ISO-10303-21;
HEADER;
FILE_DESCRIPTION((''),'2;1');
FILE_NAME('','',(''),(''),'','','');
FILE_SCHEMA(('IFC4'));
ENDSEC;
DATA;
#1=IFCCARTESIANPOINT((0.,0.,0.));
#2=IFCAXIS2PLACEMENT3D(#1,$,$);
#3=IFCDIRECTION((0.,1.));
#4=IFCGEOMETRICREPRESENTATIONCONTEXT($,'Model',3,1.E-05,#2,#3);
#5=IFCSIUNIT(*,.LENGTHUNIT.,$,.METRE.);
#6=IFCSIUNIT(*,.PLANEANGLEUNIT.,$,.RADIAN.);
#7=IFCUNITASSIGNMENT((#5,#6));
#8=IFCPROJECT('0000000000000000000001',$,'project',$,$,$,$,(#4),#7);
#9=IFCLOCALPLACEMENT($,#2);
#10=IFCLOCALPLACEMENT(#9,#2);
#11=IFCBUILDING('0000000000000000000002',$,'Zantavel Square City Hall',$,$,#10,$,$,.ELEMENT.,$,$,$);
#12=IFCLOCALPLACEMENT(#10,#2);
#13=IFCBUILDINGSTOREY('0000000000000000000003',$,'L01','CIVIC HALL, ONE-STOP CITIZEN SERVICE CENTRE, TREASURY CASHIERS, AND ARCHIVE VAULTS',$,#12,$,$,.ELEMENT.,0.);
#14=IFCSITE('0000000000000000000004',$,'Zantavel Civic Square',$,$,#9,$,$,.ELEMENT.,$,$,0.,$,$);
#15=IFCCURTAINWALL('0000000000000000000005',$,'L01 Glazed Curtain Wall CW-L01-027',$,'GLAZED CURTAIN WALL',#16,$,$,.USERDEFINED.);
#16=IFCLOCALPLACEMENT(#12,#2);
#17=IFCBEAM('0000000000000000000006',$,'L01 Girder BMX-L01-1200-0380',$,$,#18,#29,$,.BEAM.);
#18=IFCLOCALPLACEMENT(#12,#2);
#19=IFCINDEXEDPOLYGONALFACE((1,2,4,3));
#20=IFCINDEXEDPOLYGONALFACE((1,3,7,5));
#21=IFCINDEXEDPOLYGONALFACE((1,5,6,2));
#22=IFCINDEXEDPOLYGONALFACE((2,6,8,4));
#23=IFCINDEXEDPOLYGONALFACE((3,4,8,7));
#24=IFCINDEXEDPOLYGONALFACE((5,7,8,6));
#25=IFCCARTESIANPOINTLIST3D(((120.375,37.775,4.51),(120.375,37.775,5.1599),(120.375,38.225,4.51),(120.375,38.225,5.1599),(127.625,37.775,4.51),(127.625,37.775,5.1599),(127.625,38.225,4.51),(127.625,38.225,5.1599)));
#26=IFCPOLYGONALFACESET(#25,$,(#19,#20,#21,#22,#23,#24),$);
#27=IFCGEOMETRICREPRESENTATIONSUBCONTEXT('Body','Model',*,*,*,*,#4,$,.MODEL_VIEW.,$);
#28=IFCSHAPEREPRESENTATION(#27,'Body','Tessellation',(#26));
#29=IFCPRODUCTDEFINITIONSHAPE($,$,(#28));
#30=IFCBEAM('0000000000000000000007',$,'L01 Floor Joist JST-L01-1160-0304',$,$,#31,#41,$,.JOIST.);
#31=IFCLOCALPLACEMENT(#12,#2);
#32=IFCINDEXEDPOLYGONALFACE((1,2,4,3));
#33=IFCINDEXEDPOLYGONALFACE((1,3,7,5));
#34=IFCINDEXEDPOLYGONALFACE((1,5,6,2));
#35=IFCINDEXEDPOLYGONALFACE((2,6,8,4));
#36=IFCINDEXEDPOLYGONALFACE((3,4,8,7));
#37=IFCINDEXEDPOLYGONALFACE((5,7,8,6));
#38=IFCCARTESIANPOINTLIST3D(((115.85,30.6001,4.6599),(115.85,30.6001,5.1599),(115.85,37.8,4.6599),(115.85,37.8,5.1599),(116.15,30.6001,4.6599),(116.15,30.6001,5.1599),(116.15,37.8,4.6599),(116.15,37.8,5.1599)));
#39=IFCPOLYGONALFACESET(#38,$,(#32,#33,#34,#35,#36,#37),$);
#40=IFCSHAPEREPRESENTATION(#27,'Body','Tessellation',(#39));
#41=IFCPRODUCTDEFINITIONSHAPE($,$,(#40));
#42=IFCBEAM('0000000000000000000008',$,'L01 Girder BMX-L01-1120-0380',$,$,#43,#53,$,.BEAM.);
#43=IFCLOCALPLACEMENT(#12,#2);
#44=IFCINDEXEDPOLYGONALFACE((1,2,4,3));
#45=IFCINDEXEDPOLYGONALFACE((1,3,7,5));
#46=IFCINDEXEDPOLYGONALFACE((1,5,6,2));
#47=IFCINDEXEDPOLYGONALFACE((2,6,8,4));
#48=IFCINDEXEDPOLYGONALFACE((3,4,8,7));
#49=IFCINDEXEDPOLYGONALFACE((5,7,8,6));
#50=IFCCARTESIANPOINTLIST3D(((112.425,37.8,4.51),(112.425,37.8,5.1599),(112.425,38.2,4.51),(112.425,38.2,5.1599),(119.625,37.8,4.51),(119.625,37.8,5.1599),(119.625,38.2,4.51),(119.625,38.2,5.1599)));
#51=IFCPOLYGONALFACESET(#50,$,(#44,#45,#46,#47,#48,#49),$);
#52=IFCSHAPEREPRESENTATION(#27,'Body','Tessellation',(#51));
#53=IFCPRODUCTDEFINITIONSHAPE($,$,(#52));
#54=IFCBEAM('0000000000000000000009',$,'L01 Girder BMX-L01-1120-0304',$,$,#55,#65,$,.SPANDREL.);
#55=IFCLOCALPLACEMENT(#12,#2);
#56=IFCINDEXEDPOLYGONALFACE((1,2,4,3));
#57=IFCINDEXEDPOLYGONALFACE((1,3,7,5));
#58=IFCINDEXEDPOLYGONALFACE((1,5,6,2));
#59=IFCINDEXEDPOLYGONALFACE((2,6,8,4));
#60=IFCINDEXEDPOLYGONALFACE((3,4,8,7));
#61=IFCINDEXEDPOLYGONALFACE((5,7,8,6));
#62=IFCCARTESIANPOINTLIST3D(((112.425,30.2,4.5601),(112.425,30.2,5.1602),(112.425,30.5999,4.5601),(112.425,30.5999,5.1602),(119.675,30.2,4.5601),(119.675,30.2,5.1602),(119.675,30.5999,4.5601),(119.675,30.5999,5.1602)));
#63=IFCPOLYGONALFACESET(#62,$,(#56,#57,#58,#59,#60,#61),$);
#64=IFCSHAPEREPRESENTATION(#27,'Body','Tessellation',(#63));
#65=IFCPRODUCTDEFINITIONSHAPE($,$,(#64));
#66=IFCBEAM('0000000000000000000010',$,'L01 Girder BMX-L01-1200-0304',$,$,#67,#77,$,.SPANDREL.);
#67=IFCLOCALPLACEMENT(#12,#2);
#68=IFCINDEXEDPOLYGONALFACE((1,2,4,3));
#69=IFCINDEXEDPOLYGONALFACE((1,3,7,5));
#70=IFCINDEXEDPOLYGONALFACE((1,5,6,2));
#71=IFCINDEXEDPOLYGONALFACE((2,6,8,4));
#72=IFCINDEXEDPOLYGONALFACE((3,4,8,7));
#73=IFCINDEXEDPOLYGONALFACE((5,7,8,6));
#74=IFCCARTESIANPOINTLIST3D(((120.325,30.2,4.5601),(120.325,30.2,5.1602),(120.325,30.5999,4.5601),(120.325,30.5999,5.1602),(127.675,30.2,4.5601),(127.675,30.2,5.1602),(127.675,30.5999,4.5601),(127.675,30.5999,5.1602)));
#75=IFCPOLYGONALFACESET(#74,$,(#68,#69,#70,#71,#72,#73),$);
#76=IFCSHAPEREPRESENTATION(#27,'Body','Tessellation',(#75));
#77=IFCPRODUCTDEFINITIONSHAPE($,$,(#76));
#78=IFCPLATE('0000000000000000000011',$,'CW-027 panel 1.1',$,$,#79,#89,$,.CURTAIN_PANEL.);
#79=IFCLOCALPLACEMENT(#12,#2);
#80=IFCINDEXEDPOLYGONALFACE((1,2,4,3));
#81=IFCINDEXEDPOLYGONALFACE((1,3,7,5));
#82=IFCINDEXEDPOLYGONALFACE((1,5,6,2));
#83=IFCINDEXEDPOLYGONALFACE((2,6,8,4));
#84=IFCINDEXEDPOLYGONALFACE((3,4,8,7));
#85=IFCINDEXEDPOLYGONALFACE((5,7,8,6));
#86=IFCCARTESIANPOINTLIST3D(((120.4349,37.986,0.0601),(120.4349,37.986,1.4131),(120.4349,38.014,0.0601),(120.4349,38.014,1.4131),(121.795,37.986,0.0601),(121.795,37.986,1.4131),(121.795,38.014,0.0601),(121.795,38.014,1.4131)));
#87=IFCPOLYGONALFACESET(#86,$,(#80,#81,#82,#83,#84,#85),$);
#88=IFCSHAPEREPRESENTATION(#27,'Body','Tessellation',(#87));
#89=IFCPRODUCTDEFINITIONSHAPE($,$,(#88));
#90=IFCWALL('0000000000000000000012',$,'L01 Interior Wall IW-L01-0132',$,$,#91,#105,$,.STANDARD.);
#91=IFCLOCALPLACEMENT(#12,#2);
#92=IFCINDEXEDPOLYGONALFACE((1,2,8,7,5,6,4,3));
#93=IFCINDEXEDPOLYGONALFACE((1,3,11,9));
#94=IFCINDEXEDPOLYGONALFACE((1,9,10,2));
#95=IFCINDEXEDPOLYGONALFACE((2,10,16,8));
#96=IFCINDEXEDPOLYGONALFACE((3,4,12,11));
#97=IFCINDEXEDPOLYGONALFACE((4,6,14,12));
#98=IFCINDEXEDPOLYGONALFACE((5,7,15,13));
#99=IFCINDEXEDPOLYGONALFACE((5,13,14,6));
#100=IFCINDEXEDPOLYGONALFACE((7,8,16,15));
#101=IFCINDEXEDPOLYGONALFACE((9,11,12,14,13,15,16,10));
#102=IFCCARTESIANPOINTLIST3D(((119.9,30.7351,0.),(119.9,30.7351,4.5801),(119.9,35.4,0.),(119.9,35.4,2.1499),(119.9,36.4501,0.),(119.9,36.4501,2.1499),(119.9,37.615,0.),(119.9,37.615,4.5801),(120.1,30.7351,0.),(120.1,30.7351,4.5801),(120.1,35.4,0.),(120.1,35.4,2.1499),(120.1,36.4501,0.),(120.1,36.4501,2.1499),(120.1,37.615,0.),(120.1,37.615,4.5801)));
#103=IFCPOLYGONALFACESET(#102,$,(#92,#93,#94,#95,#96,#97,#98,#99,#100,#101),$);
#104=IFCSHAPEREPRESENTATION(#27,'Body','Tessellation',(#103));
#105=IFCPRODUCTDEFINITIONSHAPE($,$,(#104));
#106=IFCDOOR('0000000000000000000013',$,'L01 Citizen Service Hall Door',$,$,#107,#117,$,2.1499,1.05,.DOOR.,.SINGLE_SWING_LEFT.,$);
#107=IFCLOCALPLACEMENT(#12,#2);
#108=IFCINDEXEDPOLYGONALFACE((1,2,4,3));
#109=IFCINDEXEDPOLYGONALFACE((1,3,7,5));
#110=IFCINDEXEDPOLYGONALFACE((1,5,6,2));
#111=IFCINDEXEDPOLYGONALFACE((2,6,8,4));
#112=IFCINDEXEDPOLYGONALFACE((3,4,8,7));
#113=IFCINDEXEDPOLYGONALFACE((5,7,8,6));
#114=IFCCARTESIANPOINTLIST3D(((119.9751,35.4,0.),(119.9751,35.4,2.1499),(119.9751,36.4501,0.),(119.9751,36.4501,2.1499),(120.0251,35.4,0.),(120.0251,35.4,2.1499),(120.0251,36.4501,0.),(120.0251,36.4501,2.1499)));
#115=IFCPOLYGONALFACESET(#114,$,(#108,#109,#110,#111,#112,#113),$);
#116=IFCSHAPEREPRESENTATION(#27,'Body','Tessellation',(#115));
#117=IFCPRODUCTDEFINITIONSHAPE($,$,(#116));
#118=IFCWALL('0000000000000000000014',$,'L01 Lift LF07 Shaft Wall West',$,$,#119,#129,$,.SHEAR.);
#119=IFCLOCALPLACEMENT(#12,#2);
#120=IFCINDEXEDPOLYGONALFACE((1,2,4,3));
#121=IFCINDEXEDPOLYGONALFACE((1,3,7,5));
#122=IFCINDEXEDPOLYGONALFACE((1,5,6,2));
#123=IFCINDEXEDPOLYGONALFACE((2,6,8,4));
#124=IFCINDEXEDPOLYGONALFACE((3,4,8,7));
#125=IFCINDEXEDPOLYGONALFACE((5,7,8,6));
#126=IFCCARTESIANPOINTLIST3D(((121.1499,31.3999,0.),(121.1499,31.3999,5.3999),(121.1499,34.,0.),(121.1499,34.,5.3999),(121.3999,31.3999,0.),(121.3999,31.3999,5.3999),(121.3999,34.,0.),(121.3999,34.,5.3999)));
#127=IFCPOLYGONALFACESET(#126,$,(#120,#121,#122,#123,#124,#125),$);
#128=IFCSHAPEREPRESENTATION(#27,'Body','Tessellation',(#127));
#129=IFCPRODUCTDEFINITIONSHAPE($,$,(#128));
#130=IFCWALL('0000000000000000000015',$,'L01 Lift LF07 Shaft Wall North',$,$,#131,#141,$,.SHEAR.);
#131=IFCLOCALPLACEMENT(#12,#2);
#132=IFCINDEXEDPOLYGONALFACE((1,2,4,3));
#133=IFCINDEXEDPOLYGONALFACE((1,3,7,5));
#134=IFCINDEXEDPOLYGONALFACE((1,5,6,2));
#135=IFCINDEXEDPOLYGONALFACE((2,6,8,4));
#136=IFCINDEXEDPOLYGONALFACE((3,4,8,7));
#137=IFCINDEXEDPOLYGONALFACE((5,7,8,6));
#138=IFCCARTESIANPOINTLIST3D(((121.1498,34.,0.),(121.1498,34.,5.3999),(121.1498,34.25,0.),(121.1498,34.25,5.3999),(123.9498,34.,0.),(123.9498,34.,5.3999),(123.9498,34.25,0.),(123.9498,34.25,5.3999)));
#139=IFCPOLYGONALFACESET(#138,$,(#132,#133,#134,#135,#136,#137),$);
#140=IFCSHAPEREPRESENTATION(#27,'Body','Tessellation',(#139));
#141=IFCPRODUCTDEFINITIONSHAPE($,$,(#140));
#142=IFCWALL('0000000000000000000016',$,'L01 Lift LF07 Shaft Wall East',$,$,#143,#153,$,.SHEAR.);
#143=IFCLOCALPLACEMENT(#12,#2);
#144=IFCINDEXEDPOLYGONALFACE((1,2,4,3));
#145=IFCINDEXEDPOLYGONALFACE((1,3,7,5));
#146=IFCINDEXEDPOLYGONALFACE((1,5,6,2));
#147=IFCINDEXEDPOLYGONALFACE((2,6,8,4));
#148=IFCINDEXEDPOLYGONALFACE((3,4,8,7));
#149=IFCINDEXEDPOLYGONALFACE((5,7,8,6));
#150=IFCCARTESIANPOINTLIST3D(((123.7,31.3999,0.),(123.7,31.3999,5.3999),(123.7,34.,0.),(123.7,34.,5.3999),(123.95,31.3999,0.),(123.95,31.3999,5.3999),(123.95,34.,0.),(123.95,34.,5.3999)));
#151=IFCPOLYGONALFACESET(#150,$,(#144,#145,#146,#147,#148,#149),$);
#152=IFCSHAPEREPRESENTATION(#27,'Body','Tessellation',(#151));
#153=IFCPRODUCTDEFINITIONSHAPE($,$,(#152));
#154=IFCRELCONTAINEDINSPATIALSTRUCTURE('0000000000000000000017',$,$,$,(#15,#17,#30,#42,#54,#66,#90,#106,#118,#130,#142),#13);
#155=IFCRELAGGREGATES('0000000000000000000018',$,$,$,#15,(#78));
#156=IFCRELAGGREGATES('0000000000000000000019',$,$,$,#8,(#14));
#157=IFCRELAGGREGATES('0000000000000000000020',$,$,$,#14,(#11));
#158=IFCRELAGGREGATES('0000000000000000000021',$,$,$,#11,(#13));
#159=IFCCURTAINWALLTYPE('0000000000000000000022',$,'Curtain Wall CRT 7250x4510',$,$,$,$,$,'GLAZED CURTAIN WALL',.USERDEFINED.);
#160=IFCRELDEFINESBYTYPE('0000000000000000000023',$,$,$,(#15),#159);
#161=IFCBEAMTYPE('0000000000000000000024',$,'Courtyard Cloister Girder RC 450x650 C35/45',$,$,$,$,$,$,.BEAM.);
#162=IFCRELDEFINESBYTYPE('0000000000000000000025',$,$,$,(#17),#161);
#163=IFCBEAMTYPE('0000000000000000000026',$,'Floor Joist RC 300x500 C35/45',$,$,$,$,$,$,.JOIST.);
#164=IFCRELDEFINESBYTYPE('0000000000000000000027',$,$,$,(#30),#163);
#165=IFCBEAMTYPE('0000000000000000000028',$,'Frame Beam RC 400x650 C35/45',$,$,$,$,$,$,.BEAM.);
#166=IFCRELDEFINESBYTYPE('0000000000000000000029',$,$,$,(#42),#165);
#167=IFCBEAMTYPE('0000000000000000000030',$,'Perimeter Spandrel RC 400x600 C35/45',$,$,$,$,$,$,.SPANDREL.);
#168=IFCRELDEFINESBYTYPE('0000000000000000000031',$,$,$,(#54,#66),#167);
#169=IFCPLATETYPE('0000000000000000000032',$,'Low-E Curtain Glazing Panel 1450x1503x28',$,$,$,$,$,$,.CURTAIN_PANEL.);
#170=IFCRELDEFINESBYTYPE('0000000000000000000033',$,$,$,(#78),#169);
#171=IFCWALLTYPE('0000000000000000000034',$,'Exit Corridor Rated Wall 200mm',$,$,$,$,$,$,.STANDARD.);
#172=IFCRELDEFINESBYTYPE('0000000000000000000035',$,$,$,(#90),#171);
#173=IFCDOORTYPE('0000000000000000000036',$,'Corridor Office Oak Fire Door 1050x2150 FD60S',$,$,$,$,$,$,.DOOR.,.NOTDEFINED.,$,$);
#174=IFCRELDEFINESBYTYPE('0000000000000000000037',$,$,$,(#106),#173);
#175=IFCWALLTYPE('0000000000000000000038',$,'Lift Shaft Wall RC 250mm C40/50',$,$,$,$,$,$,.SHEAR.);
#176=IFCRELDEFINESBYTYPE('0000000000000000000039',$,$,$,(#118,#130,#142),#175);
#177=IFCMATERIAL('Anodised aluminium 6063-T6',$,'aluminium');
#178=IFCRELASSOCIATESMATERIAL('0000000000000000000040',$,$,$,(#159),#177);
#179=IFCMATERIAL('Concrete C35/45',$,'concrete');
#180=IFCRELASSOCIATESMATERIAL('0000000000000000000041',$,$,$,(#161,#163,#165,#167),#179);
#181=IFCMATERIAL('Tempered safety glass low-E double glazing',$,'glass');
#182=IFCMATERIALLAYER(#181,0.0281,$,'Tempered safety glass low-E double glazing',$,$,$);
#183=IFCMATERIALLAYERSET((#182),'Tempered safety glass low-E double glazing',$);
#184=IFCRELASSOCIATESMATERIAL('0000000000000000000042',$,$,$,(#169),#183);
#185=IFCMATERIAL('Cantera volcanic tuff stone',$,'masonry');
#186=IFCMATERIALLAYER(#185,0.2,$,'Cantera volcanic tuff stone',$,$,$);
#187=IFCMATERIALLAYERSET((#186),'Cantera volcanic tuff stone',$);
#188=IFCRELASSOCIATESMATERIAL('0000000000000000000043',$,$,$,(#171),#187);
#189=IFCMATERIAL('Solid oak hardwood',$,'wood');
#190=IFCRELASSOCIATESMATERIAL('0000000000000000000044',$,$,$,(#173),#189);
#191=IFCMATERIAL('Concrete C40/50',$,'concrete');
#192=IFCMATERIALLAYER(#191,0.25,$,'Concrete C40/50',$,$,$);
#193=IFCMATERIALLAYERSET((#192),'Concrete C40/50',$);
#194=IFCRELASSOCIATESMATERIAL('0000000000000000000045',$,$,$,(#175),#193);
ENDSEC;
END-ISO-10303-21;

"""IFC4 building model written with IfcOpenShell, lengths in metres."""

from ifc_helpers import new_model, si_unit, direction, frame, frame_2d, origin, origin_2d, place, context, subcontext, project, spatial, rectangle, extrude, material, layer, layer_set, material_profile, profile_set, type_object, element, fill, aggregate, save


model = new_model("IFC4")

# Units and contexts
model_context = context("Model", 3, precision=1e-05, world=origin(), true_north=direction((0.0, 1.0)))
body_context = subcontext(model_context, "Body", "Model", "MODEL_VIEW")
ifc_project = project(units=[si_unit("LENGTHUNIT", "METRE"), si_unit("PLANEANGLEUNIT", "RADIAN")], contexts=[model_context])

# Site, building, storey
site_placement = place(None, origin())
site = spatial("IfcSite", under=ifc_project, at=site_placement, Name="Zantavel Civic Square", CompositionType="ELEMENT", RefElevation=0.0)
building_placement = place(site_placement, origin())
building = spatial("IfcBuilding", under=site, at=building_placement, Name="Zantavel Square City Hall", CompositionType="ELEMENT")
storey_placement = place(building_placement, origin())
storey = spatial("IfcBuildingStorey", under=building, at=storey_placement, Name="L01", Description="CIVIC HALL, ONE-STOP CITIZEN SERVICE CENTRE, TREASURY CASHIERS, AND ARCHIVE VAULTS", CompositionType="ELEMENT", Elevation=0.0)

# Shared definitions
ifc_material_1 = material(Name="Concrete C40/50", Category="concrete")

# Shared definitions
ifc_material_2 = material(Name="Concrete C35/45", Category="concrete")

# Curtain wall
ifc_material_3 = material(Name="Anodised aluminium 6063-T6", Category="aluminium")
curtain_wall_type = type_object("IfcCurtainWallType", Name="Curtain Wall CRT 7250x4510", ElementType="GLAZED CURTAIN WALL", PredefinedType="USERDEFINED", material=ifc_material_3)
curtain_wall_placement = place(storey_placement, origin())
curtain_wall = element("IfcCurtainWall", 1, at=curtain_wall_placement, inside=storey, type_object=curtain_wall_type, Name="L01 Glazed Curtain Wall CW-L01-027", ObjectType="GLAZED CURTAIN WALL", PredefinedType="USERDEFINED")

# Beams
ifc_material_profile_1 = material_profile(ifc_material_2, rectangle(XDim=0.45, YDim=0.6499, at=origin_2d()), Name="RC 450x650")
ifc_profile_set_1 = profile_set([ifc_material_profile_1], Name="Concrete C35/45")
beam_type_1 = type_object("IfcBeamType", Name="Courtyard Cloister Girder RC 450x650 C35/45", PredefinedType="BEAM", material=ifc_profile_set_1)
beam_1_placement = place(storey_placement, frame((120.375, 38.0, 4.835), z_axis=(1.0, 0.0, 0.0), x_axis=(0.0, 1.0, 0.0)))
element("IfcBeam", 2, at=beam_1_placement, inside=storey, type_object=beam_type_1, Name="L01 Girder BMX-L01-1200-0380", PredefinedType="BEAM", context=body_context, shape_type="SweptSolid", body=[
    extrude(rectangle(XDim=0.45, YDim=0.6499, at=origin_2d()), origin(), (0.0, 0.0, 1.0), 7.25),
])
ifc_material_profile_2 = material_profile(ifc_material_2, rectangle(XDim=0.3, YDim=0.5, at=origin_2d()), Name="RC 300x500")
ifc_profile_set_2 = profile_set([ifc_material_profile_2], Name="Concrete C35/45")
beam_type_2 = type_object("IfcBeamType", Name="Floor Joist RC 300x500 C35/45", PredefinedType="JOIST", material=ifc_profile_set_2)
beam_2_placement = place(storey_placement, frame((116.0, 30.6001, 4.9099), z_axis=(0.0, 1.0, 0.0), x_axis=(-1.0, 0.0, 0.0)))
element("IfcBeam", 3, at=beam_2_placement, inside=storey, type_object=beam_type_2, Name="L01 Floor Joist JST-L01-1160-0304", PredefinedType="JOIST", context=body_context, shape_type="SweptSolid", body=[
    extrude(rectangle(XDim=0.3, YDim=0.5, at=origin_2d()), origin(), (0.0, 0.0, 1.0), 7.2),
])
ifc_material_profile_3 = material_profile(ifc_material_2, rectangle(XDim=0.3999, YDim=0.6499, at=origin_2d()), Name="RC 400x650")
ifc_profile_set_3 = profile_set([ifc_material_profile_3], Name="Concrete C35/45")
beam_type_3 = type_object("IfcBeamType", Name="Frame Beam RC 400x650 C35/45", PredefinedType="BEAM", material=ifc_profile_set_3)
beam_3_placement = place(storey_placement, frame((112.425, 38.0, 4.835), z_axis=(1.0, 0.0, 0.0), x_axis=(0.0, 1.0, 0.0)))
element("IfcBeam", 4, at=beam_3_placement, inside=storey, type_object=beam_type_3, Name="L01 Girder BMX-L01-1120-0380", PredefinedType="BEAM", context=body_context, shape_type="SweptSolid", body=[
    extrude(rectangle(XDim=0.3999, YDim=0.6499, at=origin_2d()), origin(), (0.0, 0.0, 1.0), 7.2),
])
ifc_material_profile_4 = material_profile(ifc_material_2, rectangle(XDim=0.3999, YDim=0.6001, at=origin_2d()), Name="RC 400x600")
ifc_profile_set_4 = profile_set([ifc_material_profile_4], Name="Concrete C35/45")
beam_type_4 = type_object("IfcBeamType", Name="Perimeter Spandrel RC 400x600 C35/45", PredefinedType="SPANDREL", material=ifc_profile_set_4)
beam_4_placement = place(storey_placement, frame((112.425, 30.3999, 4.8601), z_axis=(1.0, 0.0, 0.0), x_axis=(0.0, 1.0, 0.0)))
element("IfcBeam", 5, at=beam_4_placement, inside=storey, type_object=beam_type_4, Name="L01 Girder BMX-L01-1120-0304", PredefinedType="SPANDREL", context=body_context, shape_type="SweptSolid", body=[
    extrude(rectangle(XDim=0.3999, YDim=0.6001, at=origin_2d()), origin(), (0.0, 0.0, 1.0), 7.25),
])
beam_5_placement = place(storey_placement, frame((120.325, 30.3999, 4.8601), z_axis=(1.0, 0.0, 0.0), x_axis=(0.0, 1.0, 0.0)))
element("IfcBeam", 6, at=beam_5_placement, inside=storey, type_object=beam_type_4, Name="L01 Girder BMX-L01-1200-0304", PredefinedType="SPANDREL", context=body_context, shape_type="SweptSolid", body=[
    extrude(rectangle(XDim=0.3999, YDim=0.6001, at=origin_2d()), origin(), (0.0, 0.0, 1.0), 7.3501),
])

# Plate
ifc_material_4 = material(Name="Tempered safety glass low-E double glazing", Category="glass")
ifc_layer_1 = layer(ifc_material_4, 0.0281, Name="Tempered safety glass low-E double glazing")
ifc_layer_set_1 = layer_set([ifc_layer_1], Name="Tempered safety glass low-E double glazing")
plate_type = type_object("IfcPlateType", Name="Low-E Curtain Glazing Panel 1450x1503x28", PredefinedType="CURTAIN_PANEL", material=ifc_layer_set_1)
plate_placement = place(storey_placement, frame((121.115, 38.0, 0.0601), z_axis=(0.0, 0.0, 1.0), x_axis=(1.0, 0.0, 0.0)))
plate = element("IfcPlate", 7, at=plate_placement, type_object=plate_type, Name="CW-027 panel 1.1", PredefinedType="CURTAIN_PANEL", context=body_context, shape_type="SweptSolid", body=[
    extrude(rectangle(XDim=1.3601, YDim=0.0281, at=origin_2d()), origin(), (0.0, 0.0, 1.0), 1.353),
])
aggregate(curtain_wall, [plate])

# Wall, opening, door
ifc_material_5 = material(Name="Cantera volcanic tuff stone", Category="masonry")
ifc_layer_2 = layer(ifc_material_5, 0.2, Name="Cantera volcanic tuff stone")
ifc_layer_set_2 = layer_set([ifc_layer_2], Name="Cantera volcanic tuff stone")
wall_type_1 = type_object("IfcWallType", Name="Exit Corridor Rated Wall 200mm", PredefinedType="STANDARD", material=ifc_layer_set_2)
wall_1_placement = place(storey_placement, frame((120.0, 30.7351, 0.0), z_axis=(0.0, 0.0, 1.0), x_axis=(0.0, 1.0, 0.0)))
wall_1 = element("IfcWall", 8, at=wall_1_placement, inside=storey, type_object=wall_type_1, Name="L01 Interior Wall IW-L01-0132", PredefinedType="STANDARD", context=body_context, shape_type="SweptSolid", body=[
    extrude(rectangle(XDim=6.8799, YDim=0.2, at=frame_2d((3.4399, 0.0))), origin(), (0.0, 0.0, 1.0), 4.5801),
])
opening_1_placement = place(wall_1_placement, frame((4.665, 0.0, 0.0)))
opening_1 = element("IfcOpeningElement", 9, at=opening_1_placement, cuts=wall_1, PredefinedType="OPENING", context=body_context, shape_type="SweptSolid", body=[
    extrude(rectangle(XDim=1.05, YDim=2.1499, at=frame_2d((0.5249, 1.075))), frame((0.0, 0.1099, 0.0), z_axis=(0.0, -1.0, 0.0), x_axis=(1.0, 0.0, 0.0)), (0.0, 0.0, 1.0), 0.22),
])
ifc_material_6 = material(Name="Solid oak hardwood", Category="wood")
door_type_1 = type_object("IfcDoorType", Name="Corridor Office Oak Fire Door 1050x2150 FD60S", OperationType="NOTDEFINED", PredefinedType="DOOR", material=ifc_material_6)
door_1_placement = place(opening_1_placement, origin())
door_1 = element("IfcDoor", 10, at=door_1_placement, inside=storey, type_object=door_type_1, Name="L01 Citizen Service Hall Door", OperationType="SINGLE_SWING_LEFT", OverallHeight=2.1499, OverallWidth=1.05, PredefinedType="DOOR", context=body_context, shape_type="SweptSolid", body=[
    extrude(rectangle(XDim=1.05, YDim=2.1499, at=frame_2d((0.5249, 1.075))), frame((0.0, 0.0249, 0.0), z_axis=(0.0, -1.0, 0.0), x_axis=(1.0, 0.0, 0.0)), (0.0, 0.0, 1.0), 0.05),
])
fill(opening_1, door_1)
ifc_layer_3 = layer(ifc_material_1, 0.25, Name="Concrete C40/50")
ifc_layer_set_3 = layer_set([ifc_layer_3], Name="Concrete C40/50")
wall_type_2 = type_object("IfcWallType", Name="Lift Shaft Wall RC 250mm C40/50", PredefinedType="SHEAR", material=ifc_layer_set_3)

# Walls
wall_2_placement = place(storey_placement, frame((121.2749, 31.3999, 0.0), z_axis=(0.0, 0.0, 1.0), x_axis=(0.0, 1.0, 0.0)))
element("IfcWall", 11, at=wall_2_placement, inside=storey, type_object=wall_type_2, Name="L01 Lift LF07 Shaft Wall West", PredefinedType="SHEAR", context=body_context, shape_type="SweptSolid", body=[
    extrude(rectangle(XDim=2.6001, YDim=0.25, at=frame_2d((1.3, 0.0))), origin(), (0.0, 0.0, 1.0), 5.3999),
])
wall_3_placement = place(storey_placement, frame((121.1499, 34.125, 0.0), z_axis=(0.0, 0.0, 1.0), x_axis=(1.0, 0.0, 0.0)))
element("IfcWall", 12, at=wall_3_placement, inside=storey, type_object=wall_type_2, Name="L01 Lift LF07 Shaft Wall North", PredefinedType="SHEAR", context=body_context, shape_type="SweptSolid", body=[
    extrude(rectangle(XDim=2.8, YDim=0.25, at=frame_2d((1.3999, 0.0))), origin(), (0.0, 0.0, 1.0), 5.3999),
])
wall_4_placement = place(storey_placement, frame((123.825, 34.0, 0.0), z_axis=(0.0, 0.0, 1.0), x_axis=(0.0, -1.0, 0.0)))
element("IfcWall", 13, at=wall_4_placement, inside=storey, type_object=wall_type_2, Name="L01 Lift LF07 Shaft Wall East", PredefinedType="SHEAR", context=body_context, shape_type="SweptSolid", body=[
    extrude(rectangle(XDim=2.6001, YDim=0.25, at=frame_2d((1.3, 0.0))), origin(), (0.0, 0.0, 1.0), 5.3999),
])

save(model, "model.ifc")
